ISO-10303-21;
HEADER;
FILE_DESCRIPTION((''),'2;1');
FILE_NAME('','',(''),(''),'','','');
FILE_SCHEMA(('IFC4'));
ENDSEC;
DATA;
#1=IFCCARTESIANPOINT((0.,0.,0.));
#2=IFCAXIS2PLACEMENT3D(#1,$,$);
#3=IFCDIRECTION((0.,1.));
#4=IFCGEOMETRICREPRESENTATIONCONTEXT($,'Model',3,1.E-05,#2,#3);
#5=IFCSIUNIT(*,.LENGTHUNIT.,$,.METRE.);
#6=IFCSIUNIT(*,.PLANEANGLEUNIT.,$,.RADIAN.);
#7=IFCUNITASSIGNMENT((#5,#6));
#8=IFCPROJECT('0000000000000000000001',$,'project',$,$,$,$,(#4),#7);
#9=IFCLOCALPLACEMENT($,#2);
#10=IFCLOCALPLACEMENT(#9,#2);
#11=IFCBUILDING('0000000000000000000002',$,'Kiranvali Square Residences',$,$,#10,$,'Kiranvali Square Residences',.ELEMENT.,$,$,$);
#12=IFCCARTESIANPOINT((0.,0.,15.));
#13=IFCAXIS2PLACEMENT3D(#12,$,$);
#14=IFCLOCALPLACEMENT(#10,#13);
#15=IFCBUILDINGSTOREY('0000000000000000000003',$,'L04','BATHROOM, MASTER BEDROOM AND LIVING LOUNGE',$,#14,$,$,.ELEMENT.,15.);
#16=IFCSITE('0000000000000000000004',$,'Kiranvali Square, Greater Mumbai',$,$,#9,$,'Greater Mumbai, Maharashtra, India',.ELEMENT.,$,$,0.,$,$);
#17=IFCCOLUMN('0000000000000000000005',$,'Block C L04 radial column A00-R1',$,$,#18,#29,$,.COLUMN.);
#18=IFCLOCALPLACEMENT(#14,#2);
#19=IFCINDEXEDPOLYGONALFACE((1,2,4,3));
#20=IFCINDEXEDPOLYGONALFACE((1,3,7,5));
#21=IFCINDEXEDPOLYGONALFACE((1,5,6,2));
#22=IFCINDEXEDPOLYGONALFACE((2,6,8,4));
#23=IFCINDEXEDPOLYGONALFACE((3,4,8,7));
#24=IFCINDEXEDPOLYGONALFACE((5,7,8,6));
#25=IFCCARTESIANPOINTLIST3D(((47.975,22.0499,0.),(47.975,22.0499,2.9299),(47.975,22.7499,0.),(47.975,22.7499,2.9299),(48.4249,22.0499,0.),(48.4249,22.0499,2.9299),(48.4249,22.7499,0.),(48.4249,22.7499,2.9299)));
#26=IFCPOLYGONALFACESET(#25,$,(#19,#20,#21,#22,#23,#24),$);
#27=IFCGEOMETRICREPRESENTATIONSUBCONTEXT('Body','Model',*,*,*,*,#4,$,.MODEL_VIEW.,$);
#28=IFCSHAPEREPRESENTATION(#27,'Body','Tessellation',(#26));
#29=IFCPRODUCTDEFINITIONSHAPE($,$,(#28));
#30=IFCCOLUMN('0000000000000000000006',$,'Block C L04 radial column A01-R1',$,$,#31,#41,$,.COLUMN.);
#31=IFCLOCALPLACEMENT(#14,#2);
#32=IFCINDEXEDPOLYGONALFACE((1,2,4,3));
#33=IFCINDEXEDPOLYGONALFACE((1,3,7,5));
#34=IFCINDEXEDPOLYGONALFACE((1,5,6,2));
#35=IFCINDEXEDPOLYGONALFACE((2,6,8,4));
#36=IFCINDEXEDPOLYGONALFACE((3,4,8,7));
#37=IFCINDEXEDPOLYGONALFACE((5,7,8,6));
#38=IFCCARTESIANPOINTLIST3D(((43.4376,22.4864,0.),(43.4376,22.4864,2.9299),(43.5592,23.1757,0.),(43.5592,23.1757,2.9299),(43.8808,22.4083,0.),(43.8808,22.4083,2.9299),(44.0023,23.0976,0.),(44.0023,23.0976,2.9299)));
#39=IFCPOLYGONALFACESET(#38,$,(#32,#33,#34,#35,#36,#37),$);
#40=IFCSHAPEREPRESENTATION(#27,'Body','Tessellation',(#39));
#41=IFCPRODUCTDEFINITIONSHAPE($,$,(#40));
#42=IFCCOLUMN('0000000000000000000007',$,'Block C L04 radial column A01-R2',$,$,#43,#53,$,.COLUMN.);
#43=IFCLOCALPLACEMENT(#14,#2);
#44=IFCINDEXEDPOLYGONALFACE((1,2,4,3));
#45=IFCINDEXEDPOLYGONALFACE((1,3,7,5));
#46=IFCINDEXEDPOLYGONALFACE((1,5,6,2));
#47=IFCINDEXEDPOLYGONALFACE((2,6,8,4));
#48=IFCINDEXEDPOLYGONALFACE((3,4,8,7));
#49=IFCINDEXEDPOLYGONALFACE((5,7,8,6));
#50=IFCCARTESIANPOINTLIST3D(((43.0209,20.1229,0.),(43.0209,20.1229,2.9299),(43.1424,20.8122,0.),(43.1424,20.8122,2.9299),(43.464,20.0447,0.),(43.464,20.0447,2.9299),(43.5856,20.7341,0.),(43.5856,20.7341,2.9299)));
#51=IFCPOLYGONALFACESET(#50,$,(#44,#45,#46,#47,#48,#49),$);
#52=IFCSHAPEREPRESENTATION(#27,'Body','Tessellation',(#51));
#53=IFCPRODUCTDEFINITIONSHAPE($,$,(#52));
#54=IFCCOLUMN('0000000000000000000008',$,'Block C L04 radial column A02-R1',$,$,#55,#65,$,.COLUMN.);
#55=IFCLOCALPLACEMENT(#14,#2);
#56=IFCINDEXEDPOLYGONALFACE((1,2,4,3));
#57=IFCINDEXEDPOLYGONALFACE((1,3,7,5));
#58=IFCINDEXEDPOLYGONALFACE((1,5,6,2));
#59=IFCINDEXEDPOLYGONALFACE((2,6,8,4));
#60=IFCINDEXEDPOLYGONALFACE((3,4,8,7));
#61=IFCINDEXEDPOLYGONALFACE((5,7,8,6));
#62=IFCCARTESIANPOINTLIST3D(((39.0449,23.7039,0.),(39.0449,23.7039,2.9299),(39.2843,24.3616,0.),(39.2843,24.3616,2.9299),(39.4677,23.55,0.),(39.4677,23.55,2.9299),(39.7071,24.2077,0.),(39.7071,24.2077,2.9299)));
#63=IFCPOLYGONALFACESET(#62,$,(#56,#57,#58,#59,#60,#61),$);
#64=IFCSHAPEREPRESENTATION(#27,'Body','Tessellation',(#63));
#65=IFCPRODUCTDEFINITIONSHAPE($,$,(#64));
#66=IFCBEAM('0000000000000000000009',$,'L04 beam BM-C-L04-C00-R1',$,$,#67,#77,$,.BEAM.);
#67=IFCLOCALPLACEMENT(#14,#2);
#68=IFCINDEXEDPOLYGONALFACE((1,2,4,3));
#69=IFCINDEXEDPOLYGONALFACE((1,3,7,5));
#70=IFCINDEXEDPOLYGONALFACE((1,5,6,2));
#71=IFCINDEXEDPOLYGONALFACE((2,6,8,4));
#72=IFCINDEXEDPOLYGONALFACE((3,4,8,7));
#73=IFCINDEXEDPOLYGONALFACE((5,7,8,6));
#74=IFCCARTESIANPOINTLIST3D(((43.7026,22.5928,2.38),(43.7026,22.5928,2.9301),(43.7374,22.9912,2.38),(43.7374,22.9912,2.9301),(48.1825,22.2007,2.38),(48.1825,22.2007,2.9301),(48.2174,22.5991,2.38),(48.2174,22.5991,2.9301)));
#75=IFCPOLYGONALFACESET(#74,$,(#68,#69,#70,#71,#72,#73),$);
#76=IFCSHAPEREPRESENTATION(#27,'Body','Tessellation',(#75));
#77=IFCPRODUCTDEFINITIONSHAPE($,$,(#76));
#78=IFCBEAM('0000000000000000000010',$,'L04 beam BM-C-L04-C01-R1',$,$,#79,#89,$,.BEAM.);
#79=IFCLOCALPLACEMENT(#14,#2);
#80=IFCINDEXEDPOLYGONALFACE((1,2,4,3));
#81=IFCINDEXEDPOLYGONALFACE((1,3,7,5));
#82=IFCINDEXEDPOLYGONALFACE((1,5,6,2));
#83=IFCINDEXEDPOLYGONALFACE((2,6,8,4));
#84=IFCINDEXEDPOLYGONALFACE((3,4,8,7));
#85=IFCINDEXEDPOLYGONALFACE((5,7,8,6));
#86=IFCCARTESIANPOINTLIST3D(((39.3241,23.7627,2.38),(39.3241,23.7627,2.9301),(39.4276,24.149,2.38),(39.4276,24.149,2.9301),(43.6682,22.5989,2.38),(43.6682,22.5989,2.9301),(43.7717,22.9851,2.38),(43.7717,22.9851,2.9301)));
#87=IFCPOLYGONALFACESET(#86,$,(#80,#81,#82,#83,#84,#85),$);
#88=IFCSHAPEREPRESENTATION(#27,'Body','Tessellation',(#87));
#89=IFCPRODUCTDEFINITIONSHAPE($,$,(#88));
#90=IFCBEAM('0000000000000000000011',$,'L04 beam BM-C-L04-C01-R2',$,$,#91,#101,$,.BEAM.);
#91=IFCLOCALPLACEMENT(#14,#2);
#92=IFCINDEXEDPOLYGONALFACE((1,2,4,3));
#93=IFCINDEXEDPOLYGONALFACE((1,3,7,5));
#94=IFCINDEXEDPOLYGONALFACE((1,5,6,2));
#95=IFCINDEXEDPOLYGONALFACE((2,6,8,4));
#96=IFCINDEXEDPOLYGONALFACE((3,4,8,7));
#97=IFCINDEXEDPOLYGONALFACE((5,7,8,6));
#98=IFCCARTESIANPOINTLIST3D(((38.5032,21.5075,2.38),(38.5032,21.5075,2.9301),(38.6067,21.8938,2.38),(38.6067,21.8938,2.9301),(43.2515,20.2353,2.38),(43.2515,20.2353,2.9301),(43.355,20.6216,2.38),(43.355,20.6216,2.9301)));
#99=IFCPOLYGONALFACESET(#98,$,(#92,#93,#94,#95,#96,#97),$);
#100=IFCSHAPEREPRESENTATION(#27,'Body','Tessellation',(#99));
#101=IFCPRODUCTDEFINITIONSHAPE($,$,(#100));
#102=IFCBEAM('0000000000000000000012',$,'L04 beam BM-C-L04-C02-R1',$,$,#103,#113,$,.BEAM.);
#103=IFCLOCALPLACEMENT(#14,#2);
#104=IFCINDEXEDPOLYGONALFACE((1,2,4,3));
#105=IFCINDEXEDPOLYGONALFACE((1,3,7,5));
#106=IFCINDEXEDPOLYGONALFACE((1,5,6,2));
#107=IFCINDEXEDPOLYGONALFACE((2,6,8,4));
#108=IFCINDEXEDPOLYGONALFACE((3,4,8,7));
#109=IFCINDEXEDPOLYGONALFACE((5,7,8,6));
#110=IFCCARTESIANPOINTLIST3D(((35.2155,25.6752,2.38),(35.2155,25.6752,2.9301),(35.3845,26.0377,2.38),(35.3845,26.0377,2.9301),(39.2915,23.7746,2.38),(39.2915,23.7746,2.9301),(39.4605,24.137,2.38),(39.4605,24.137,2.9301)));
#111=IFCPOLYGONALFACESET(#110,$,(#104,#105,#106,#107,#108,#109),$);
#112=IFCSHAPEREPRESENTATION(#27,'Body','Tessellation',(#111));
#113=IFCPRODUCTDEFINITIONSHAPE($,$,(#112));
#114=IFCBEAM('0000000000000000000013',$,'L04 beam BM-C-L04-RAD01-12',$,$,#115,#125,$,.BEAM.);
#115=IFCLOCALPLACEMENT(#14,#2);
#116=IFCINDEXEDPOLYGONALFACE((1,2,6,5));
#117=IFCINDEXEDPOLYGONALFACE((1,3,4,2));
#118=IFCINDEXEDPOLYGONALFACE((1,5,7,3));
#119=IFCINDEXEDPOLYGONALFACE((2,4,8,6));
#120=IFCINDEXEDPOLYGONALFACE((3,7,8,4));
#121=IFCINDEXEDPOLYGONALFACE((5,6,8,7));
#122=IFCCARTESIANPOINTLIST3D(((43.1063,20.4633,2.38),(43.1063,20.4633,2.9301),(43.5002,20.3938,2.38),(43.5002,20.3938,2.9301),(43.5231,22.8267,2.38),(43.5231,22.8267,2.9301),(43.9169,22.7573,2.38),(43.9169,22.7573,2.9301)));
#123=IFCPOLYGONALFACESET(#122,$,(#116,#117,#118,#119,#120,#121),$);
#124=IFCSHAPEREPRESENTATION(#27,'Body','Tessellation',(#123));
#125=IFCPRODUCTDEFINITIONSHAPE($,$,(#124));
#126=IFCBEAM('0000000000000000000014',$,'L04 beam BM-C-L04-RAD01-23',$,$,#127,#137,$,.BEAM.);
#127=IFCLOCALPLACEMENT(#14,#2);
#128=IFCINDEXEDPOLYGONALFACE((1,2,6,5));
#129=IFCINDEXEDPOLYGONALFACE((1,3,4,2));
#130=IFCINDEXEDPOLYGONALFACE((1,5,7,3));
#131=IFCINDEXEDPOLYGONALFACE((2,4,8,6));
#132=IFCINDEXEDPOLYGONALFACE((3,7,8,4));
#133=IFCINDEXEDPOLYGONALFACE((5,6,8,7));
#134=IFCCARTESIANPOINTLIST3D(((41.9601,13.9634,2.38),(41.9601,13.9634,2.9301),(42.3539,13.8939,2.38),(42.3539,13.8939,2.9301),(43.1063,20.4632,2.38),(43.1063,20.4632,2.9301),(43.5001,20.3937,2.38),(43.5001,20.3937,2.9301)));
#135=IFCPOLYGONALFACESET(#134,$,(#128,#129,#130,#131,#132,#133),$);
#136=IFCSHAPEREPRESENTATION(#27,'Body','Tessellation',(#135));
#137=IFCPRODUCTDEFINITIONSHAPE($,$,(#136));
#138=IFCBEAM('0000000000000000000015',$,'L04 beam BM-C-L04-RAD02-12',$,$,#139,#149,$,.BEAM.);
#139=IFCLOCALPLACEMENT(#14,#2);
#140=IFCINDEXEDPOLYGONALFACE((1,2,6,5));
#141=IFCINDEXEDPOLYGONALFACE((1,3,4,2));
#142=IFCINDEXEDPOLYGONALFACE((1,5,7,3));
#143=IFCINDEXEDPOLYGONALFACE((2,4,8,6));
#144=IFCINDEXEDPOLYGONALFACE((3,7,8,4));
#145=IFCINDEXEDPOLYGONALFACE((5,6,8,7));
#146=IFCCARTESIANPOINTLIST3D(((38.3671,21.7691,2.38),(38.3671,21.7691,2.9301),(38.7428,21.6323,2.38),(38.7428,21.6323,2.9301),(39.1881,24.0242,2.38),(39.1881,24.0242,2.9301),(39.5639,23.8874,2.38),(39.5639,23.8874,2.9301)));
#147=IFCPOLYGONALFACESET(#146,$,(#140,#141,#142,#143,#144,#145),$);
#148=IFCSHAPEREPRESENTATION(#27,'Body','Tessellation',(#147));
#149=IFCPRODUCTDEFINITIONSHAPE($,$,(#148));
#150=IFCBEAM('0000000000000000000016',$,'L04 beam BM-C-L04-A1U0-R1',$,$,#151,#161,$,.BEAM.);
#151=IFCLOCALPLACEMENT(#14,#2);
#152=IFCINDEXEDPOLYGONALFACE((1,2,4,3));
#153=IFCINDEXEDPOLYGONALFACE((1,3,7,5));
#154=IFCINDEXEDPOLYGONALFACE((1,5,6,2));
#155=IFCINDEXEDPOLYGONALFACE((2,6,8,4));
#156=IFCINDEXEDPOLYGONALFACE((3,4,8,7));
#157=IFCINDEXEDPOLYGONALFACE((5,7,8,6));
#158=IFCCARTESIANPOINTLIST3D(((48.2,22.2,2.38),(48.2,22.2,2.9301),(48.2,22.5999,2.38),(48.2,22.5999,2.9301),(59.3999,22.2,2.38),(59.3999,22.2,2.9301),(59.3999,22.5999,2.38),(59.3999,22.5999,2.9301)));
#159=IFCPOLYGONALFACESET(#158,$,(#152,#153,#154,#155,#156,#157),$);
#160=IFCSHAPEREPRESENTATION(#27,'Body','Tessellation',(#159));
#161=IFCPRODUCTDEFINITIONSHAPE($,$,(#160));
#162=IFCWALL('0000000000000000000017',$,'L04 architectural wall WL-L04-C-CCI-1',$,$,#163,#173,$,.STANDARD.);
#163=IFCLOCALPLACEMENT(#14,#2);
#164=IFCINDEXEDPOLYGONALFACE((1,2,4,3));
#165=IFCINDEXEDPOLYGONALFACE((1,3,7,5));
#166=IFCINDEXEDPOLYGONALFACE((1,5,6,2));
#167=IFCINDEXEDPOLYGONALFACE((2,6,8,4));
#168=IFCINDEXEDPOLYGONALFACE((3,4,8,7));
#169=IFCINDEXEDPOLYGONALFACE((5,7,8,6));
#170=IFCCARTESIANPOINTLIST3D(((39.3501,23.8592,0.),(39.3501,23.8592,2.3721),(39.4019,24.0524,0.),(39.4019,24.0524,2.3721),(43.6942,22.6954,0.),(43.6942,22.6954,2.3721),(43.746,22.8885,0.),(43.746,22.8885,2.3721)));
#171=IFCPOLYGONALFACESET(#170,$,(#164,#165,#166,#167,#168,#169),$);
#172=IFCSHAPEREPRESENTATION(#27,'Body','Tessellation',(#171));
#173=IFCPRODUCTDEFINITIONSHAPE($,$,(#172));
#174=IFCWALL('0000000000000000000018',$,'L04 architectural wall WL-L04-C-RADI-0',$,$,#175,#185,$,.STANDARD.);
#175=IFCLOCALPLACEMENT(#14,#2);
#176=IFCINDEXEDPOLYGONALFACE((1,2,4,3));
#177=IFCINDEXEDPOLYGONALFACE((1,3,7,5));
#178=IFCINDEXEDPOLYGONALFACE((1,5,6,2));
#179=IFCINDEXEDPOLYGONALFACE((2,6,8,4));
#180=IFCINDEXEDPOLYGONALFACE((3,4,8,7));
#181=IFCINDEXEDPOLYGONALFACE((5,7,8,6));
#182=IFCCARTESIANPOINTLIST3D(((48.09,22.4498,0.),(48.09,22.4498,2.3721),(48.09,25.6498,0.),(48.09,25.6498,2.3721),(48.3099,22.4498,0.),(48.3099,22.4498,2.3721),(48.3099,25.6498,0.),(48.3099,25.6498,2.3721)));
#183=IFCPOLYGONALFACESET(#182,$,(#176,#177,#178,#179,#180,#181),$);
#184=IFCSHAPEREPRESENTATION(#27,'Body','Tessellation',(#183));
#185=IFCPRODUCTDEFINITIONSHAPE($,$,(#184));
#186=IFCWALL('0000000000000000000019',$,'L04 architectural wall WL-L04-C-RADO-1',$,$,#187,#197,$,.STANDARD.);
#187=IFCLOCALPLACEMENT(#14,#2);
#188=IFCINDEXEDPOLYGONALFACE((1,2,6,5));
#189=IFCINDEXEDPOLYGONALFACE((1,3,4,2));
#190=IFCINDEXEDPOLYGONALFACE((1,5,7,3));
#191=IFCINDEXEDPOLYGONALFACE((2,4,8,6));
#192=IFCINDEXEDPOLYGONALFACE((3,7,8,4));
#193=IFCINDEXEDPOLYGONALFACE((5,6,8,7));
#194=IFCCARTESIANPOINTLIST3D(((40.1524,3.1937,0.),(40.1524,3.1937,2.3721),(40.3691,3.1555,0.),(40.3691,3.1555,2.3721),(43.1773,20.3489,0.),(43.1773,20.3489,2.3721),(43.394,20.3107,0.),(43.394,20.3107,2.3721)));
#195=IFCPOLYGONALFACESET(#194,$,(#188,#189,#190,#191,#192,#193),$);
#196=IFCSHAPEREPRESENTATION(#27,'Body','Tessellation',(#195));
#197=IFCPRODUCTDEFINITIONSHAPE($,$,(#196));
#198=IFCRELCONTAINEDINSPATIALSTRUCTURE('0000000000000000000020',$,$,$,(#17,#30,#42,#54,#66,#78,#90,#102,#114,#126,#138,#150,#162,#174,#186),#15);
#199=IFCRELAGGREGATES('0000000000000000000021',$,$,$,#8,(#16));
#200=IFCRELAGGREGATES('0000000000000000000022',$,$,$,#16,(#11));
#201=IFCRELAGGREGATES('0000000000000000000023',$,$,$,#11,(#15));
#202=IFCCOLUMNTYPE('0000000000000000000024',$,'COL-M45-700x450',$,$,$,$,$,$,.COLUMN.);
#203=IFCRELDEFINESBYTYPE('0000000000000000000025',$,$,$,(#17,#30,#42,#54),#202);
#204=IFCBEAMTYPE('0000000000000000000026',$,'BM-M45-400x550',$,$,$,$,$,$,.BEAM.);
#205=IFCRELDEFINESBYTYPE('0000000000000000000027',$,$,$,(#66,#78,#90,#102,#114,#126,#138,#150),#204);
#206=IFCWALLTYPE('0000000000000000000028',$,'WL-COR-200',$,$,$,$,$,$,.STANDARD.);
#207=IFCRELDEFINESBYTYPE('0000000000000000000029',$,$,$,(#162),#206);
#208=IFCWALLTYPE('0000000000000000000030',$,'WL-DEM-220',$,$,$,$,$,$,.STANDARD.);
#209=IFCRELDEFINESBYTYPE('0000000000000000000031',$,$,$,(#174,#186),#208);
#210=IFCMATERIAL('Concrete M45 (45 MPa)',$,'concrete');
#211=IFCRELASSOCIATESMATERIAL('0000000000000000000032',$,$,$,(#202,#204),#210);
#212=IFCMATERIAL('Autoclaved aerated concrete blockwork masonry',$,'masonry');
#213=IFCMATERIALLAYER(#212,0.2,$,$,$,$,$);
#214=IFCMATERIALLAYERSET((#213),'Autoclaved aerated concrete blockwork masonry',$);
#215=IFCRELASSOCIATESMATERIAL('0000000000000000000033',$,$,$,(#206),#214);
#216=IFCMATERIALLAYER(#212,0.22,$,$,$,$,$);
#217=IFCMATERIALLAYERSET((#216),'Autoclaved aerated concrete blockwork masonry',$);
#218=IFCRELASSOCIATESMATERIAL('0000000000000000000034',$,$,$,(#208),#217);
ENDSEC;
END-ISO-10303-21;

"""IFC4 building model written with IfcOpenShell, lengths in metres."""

from ifc_helpers import new_model, si_unit, direction, frame, frame_2d, origin, origin_2d, place, context, subcontext, project, spatial, rectangle, extrude, material, layer, layer_set, material_profile, profile_set, type_object, element, save


model = new_model("IFC4")

# Units and contexts
model_context = context("Model", 3, precision=1e-05, world=origin(), true_north=direction((0.0, 1.0)))
body_context = subcontext(model_context, "Body", "Model", "MODEL_VIEW")
ifc_project = project(units=[si_unit("LENGTHUNIT", "METRE"), si_unit("PLANEANGLEUNIT", "RADIAN")], contexts=[model_context])

# Site, building, storey
site_placement = place(None, origin())
site = spatial("IfcSite", under=ifc_project, at=site_placement, Name="Kiranvali Square, Greater Mumbai", LongName="Greater Mumbai, Maharashtra, India", CompositionType="ELEMENT", RefElevation=0.0)
building_placement = place(site_placement, origin())
building = spatial("IfcBuilding", under=site, at=building_placement, Name="Kiranvali Square Residences", LongName="Kiranvali Square Residences", CompositionType="ELEMENT")
storey_placement = place(building_placement, frame((0.0, 0.0, 15.0)))
storey = spatial("IfcBuildingStorey", under=building, at=storey_placement, Name="L04", Description="BATHROOM, MASTER BEDROOM AND LIVING LOUNGE", CompositionType="ELEMENT", Elevation=15.0)

# Columns
ifc_material_1 = material(Name="Concrete M45 (45 MPa)", Category="concrete")
ifc_material_profile_1 = material_profile(ifc_material_1, rectangle(XDim=0.45, YDim=0.7, at=origin_2d()), Name="RC 700x450")
ifc_profile_set_1 = profile_set([ifc_material_profile_1], Name="Concrete M45 (45 MPa)")
column_type = type_object("IfcColumnType", Name="COL-M45-700x450", PredefinedType="COLUMN", material=ifc_profile_set_1)
for number, where, z_axis, x_axis, name in (
    (1, (48.2, 22.3999, 0.0), (0.0, 0.0, 1.0), (1.0, 0.0, 0.0), "Block C L04 radial column A00-R1"),
    (2, (43.72, 22.792, 0.0), (0.0, 0.0, 1.0), (-0.984808, 0.173648, 0.0), "Block C L04 radial column A01-R1"),
    (3, (43.3032, 20.4285, 0.0), (0.0, 0.0, 1.0), (-0.984808, 0.173648, 0.0), "Block C L04 radial column A01-R2"),
    (4, (39.376, 23.9558, 0.0), (0.0, 0.0, 1.0), (-0.939693, 0.34202, 0.0), "Block C L04 radial column A02-R1"),
):
    element("IfcColumn", number, at=place(storey_placement, frame(where, z_axis=z_axis, x_axis=x_axis)), inside=storey, type_object=column_type, Name=name, PredefinedType="COLUMN", context=body_context, shape_type="SweptSolid", body=[
        extrude(rectangle(XDim=0.45, YDim=0.7, at=origin_2d()), origin(), (0.0, 0.0, 1.0), 2.9299),
    ])

# Beams
ifc_material_profile_2 = material_profile(ifc_material_1, rectangle(XDim=0.3999, YDim=0.55, at=origin_2d()), Name="RC 400x550")
ifc_profile_set_2 = profile_set([ifc_material_profile_2], Name="Concrete M45 (45 MPa)")
beam_type = type_object("IfcBeamType", Name="BM-M45-400x550", PredefinedType="BEAM", material=ifc_profile_set_2)
beam_1_placement = place(storey_placement, frame((48.2, 22.3999, 2.655), z_axis=(-0.996192, 0.087187, 0.0), x_axis=(-0.087187, -0.996192, 0.0)))
element("IfcBeam", 5, at=beam_1_placement, inside=storey, type_object=beam_type, Name="L04 beam BM-C-L04-C00-R1", PredefinedType="BEAM", context=body_context, shape_type="SweptSolid", body=[
    extrude(rectangle(XDim=0.3999, YDim=0.55, at=origin_2d()), origin(), (0.0, 0.0, 1.0), 4.4971),
])
beam_2_placement = place(storey_placement, frame((43.72, 22.792, 2.655), z_axis=(-0.965934, 0.258788, 0.0), x_axis=(-0.258788, -0.965934, 0.0)))
element("IfcBeam", 6, at=beam_2_placement, inside=storey, type_object=beam_type, Name="L04 beam BM-C-L04-C01-R1", PredefinedType="BEAM", context=body_context, shape_type="SweptSolid", body=[
    extrude(rectangle(XDim=0.3999, YDim=0.55, at=origin_2d()), origin(), (0.0, 0.0, 1.0), 4.4973),
])
beam_3_placement = place(storey_placement, frame((43.3032, 20.4285, 2.655), z_axis=(-0.96593, 0.258803, 0.0), x_axis=(-0.258803, -0.96593, 0.0)))
element("IfcBeam", 7, at=beam_3_placement, inside=storey, type_object=beam_type, Name="L04 beam BM-C-L04-C01-R2", PredefinedType="BEAM", context=body_context, shape_type="SweptSolid", body=[
    extrude(rectangle(XDim=0.3999, YDim=0.55, at=origin_2d()), origin(), (0.0, 0.0, 1.0), 4.9158),
])
beam_4_placement = place(storey_placement, frame((39.376, 23.9558, 2.655), z_axis=(-0.906308, 0.422618, 0.0), x_axis=(-0.422618, -0.906308, 0.0)))
element("IfcBeam", 8, at=beam_4_placement, inside=storey, type_object=beam_type, Name="L04 beam BM-C-L04-C02-R1", PredefinedType="BEAM", context=body_context, shape_type="SweptSolid", body=[
    extrude(rectangle(XDim=0.3999, YDim=0.55, at=origin_2d()), origin(), (0.0, 0.0, 1.0), 4.4973),
])
beam_5_placement = place(storey_placement, frame((43.72, 22.792, 2.655), z_axis=(-0.173646, -0.984808, 0.0), x_axis=(0.984808, -0.173646, 0.0)))
element("IfcBeam", 9, at=beam_5_placement, inside=storey, type_object=beam_type, Name="L04 beam BM-C-L04-RAD01-12", PredefinedType="BEAM", context=body_context, shape_type="SweptSolid", body=[
    extrude(rectangle(XDim=0.3999, YDim=0.55, at=origin_2d()), origin(), (0.0, 0.0, 1.0), 2.3999),
])
beam_6_placement = place(storey_placement, frame((43.3032, 20.4285, 2.655), z_axis=(-0.173671, -0.984804, 0.0), x_axis=(0.984804, -0.173671, 0.0)))
element("IfcBeam", 10, at=beam_6_placement, inside=storey, type_object=beam_type, Name="L04 beam BM-C-L04-RAD01-23", PredefinedType="BEAM", context=body_context, shape_type="SweptSolid", body=[
    extrude(rectangle(XDim=0.3999, YDim=0.55, at=origin_2d()), origin(), (0.0, 0.0, 1.0), 6.6001),
])
beam_7_placement = place(storey_placement, frame((39.376, 23.9558, 2.655), z_axis=(-0.342111, -0.93966, 0.0), x_axis=(0.93966, -0.342111, 0.0)))
element("IfcBeam", 11, at=beam_7_placement, inside=storey, type_object=beam_type, Name="L04 beam BM-C-L04-RAD02-12", PredefinedType="BEAM", context=body_context, shape_type="SweptSolid", body=[
    extrude(rectangle(XDim=0.3999, YDim=0.55, at=origin_2d()), origin(), (0.0, 0.0, 1.0), 2.3999),
])
beam_8_placement = place(storey_placement, frame((48.2, 22.3999, 2.655), z_axis=(1.0, 0.0, 0.0), x_axis=(0.0, 1.0, 0.0)))
element("IfcBeam", 12, at=beam_8_placement, inside=storey, type_object=beam_type, Name="L04 beam BM-C-L04-A1U0-R1", PredefinedType="BEAM", context=body_context, shape_type="SweptSolid", body=[
    extrude(rectangle(XDim=0.3999, YDim=0.55, at=origin_2d()), origin(), (0.0, 0.0, 1.0), 11.2),
])

# Shared definitions
ifc_material_2 = material(Name="Autoclaved aerated concrete blockwork masonry", Category="masonry")
ifc_layer_1 = layer(ifc_material_2, 0.2)
ifc_layer_set_1 = layer_set([ifc_layer_1], Name="Autoclaved aerated concrete blockwork masonry")
wall_type_1 = type_object("IfcWallType", Name="WL-COR-200", PredefinedType="STANDARD", material=ifc_layer_set_1)

# Wall
wall_1_placement = place(storey_placement, frame((43.72, 22.792, 0.0), z_axis=(0.0, 0.0, 1.0), x_axis=(-0.965934, 0.258788, 0.0)))
element("IfcWall", 13, at=wall_1_placement, inside=storey, type_object=wall_type_1, Name="L04 architectural wall WL-L04-C-CCI-1", PredefinedType="STANDARD", context=body_context, shape_type="SweptSolid", body=[
    extrude(rectangle(XDim=4.4973, YDim=0.2, at=frame_2d((2.2485, 0.0))), origin(), (0.0, 0.0, 1.0), 2.3721),
])

# Walls
ifc_layer_2 = layer(ifc_material_2, 0.22)
ifc_layer_set_2 = layer_set([ifc_layer_2], Name="Autoclaved aerated concrete blockwork masonry")
wall_type_2 = type_object("IfcWallType", Name="WL-DEM-220", PredefinedType="STANDARD", material=ifc_layer_set_2)
wall_2_placement = place(storey_placement, frame((48.2, 25.6499, 0.0), z_axis=(0.0, 0.0, 1.0), x_axis=(0.0, -1.0, 0.0)))
element("IfcWall", 14, at=wall_2_placement, inside=storey, type_object=wall_type_2, Name="L04 architectural wall WL-L04-C-RADI-0", PredefinedType="STANDARD", context=body_context, shape_type="SweptSolid", body=[
    extrude(rectangle(XDim=3.2, YDim=0.22, at=frame_2d((1.6001, 0.0))), origin(), (0.0, 0.0, 1.0), 2.3721),
])
wall_3_placement = place(storey_placement, frame((43.2856, 20.3298, 0.0), z_axis=(0.0, 0.0, 1.0), x_axis=(-0.173646, -0.984808, 0.0)))
element("IfcWall", 15, at=wall_3_placement, inside=storey, type_object=wall_type_2, Name="L04 architectural wall WL-L04-C-RADO-1", PredefinedType="STANDARD", context=body_context, shape_type="SweptSolid", body=[
    extrude(rectangle(XDim=17.4199, YDim=0.22, at=frame_2d((8.71, 0.0))), origin(), (0.0, 0.0, 1.0), 2.3721),
])

save(model, "model.ifc")
